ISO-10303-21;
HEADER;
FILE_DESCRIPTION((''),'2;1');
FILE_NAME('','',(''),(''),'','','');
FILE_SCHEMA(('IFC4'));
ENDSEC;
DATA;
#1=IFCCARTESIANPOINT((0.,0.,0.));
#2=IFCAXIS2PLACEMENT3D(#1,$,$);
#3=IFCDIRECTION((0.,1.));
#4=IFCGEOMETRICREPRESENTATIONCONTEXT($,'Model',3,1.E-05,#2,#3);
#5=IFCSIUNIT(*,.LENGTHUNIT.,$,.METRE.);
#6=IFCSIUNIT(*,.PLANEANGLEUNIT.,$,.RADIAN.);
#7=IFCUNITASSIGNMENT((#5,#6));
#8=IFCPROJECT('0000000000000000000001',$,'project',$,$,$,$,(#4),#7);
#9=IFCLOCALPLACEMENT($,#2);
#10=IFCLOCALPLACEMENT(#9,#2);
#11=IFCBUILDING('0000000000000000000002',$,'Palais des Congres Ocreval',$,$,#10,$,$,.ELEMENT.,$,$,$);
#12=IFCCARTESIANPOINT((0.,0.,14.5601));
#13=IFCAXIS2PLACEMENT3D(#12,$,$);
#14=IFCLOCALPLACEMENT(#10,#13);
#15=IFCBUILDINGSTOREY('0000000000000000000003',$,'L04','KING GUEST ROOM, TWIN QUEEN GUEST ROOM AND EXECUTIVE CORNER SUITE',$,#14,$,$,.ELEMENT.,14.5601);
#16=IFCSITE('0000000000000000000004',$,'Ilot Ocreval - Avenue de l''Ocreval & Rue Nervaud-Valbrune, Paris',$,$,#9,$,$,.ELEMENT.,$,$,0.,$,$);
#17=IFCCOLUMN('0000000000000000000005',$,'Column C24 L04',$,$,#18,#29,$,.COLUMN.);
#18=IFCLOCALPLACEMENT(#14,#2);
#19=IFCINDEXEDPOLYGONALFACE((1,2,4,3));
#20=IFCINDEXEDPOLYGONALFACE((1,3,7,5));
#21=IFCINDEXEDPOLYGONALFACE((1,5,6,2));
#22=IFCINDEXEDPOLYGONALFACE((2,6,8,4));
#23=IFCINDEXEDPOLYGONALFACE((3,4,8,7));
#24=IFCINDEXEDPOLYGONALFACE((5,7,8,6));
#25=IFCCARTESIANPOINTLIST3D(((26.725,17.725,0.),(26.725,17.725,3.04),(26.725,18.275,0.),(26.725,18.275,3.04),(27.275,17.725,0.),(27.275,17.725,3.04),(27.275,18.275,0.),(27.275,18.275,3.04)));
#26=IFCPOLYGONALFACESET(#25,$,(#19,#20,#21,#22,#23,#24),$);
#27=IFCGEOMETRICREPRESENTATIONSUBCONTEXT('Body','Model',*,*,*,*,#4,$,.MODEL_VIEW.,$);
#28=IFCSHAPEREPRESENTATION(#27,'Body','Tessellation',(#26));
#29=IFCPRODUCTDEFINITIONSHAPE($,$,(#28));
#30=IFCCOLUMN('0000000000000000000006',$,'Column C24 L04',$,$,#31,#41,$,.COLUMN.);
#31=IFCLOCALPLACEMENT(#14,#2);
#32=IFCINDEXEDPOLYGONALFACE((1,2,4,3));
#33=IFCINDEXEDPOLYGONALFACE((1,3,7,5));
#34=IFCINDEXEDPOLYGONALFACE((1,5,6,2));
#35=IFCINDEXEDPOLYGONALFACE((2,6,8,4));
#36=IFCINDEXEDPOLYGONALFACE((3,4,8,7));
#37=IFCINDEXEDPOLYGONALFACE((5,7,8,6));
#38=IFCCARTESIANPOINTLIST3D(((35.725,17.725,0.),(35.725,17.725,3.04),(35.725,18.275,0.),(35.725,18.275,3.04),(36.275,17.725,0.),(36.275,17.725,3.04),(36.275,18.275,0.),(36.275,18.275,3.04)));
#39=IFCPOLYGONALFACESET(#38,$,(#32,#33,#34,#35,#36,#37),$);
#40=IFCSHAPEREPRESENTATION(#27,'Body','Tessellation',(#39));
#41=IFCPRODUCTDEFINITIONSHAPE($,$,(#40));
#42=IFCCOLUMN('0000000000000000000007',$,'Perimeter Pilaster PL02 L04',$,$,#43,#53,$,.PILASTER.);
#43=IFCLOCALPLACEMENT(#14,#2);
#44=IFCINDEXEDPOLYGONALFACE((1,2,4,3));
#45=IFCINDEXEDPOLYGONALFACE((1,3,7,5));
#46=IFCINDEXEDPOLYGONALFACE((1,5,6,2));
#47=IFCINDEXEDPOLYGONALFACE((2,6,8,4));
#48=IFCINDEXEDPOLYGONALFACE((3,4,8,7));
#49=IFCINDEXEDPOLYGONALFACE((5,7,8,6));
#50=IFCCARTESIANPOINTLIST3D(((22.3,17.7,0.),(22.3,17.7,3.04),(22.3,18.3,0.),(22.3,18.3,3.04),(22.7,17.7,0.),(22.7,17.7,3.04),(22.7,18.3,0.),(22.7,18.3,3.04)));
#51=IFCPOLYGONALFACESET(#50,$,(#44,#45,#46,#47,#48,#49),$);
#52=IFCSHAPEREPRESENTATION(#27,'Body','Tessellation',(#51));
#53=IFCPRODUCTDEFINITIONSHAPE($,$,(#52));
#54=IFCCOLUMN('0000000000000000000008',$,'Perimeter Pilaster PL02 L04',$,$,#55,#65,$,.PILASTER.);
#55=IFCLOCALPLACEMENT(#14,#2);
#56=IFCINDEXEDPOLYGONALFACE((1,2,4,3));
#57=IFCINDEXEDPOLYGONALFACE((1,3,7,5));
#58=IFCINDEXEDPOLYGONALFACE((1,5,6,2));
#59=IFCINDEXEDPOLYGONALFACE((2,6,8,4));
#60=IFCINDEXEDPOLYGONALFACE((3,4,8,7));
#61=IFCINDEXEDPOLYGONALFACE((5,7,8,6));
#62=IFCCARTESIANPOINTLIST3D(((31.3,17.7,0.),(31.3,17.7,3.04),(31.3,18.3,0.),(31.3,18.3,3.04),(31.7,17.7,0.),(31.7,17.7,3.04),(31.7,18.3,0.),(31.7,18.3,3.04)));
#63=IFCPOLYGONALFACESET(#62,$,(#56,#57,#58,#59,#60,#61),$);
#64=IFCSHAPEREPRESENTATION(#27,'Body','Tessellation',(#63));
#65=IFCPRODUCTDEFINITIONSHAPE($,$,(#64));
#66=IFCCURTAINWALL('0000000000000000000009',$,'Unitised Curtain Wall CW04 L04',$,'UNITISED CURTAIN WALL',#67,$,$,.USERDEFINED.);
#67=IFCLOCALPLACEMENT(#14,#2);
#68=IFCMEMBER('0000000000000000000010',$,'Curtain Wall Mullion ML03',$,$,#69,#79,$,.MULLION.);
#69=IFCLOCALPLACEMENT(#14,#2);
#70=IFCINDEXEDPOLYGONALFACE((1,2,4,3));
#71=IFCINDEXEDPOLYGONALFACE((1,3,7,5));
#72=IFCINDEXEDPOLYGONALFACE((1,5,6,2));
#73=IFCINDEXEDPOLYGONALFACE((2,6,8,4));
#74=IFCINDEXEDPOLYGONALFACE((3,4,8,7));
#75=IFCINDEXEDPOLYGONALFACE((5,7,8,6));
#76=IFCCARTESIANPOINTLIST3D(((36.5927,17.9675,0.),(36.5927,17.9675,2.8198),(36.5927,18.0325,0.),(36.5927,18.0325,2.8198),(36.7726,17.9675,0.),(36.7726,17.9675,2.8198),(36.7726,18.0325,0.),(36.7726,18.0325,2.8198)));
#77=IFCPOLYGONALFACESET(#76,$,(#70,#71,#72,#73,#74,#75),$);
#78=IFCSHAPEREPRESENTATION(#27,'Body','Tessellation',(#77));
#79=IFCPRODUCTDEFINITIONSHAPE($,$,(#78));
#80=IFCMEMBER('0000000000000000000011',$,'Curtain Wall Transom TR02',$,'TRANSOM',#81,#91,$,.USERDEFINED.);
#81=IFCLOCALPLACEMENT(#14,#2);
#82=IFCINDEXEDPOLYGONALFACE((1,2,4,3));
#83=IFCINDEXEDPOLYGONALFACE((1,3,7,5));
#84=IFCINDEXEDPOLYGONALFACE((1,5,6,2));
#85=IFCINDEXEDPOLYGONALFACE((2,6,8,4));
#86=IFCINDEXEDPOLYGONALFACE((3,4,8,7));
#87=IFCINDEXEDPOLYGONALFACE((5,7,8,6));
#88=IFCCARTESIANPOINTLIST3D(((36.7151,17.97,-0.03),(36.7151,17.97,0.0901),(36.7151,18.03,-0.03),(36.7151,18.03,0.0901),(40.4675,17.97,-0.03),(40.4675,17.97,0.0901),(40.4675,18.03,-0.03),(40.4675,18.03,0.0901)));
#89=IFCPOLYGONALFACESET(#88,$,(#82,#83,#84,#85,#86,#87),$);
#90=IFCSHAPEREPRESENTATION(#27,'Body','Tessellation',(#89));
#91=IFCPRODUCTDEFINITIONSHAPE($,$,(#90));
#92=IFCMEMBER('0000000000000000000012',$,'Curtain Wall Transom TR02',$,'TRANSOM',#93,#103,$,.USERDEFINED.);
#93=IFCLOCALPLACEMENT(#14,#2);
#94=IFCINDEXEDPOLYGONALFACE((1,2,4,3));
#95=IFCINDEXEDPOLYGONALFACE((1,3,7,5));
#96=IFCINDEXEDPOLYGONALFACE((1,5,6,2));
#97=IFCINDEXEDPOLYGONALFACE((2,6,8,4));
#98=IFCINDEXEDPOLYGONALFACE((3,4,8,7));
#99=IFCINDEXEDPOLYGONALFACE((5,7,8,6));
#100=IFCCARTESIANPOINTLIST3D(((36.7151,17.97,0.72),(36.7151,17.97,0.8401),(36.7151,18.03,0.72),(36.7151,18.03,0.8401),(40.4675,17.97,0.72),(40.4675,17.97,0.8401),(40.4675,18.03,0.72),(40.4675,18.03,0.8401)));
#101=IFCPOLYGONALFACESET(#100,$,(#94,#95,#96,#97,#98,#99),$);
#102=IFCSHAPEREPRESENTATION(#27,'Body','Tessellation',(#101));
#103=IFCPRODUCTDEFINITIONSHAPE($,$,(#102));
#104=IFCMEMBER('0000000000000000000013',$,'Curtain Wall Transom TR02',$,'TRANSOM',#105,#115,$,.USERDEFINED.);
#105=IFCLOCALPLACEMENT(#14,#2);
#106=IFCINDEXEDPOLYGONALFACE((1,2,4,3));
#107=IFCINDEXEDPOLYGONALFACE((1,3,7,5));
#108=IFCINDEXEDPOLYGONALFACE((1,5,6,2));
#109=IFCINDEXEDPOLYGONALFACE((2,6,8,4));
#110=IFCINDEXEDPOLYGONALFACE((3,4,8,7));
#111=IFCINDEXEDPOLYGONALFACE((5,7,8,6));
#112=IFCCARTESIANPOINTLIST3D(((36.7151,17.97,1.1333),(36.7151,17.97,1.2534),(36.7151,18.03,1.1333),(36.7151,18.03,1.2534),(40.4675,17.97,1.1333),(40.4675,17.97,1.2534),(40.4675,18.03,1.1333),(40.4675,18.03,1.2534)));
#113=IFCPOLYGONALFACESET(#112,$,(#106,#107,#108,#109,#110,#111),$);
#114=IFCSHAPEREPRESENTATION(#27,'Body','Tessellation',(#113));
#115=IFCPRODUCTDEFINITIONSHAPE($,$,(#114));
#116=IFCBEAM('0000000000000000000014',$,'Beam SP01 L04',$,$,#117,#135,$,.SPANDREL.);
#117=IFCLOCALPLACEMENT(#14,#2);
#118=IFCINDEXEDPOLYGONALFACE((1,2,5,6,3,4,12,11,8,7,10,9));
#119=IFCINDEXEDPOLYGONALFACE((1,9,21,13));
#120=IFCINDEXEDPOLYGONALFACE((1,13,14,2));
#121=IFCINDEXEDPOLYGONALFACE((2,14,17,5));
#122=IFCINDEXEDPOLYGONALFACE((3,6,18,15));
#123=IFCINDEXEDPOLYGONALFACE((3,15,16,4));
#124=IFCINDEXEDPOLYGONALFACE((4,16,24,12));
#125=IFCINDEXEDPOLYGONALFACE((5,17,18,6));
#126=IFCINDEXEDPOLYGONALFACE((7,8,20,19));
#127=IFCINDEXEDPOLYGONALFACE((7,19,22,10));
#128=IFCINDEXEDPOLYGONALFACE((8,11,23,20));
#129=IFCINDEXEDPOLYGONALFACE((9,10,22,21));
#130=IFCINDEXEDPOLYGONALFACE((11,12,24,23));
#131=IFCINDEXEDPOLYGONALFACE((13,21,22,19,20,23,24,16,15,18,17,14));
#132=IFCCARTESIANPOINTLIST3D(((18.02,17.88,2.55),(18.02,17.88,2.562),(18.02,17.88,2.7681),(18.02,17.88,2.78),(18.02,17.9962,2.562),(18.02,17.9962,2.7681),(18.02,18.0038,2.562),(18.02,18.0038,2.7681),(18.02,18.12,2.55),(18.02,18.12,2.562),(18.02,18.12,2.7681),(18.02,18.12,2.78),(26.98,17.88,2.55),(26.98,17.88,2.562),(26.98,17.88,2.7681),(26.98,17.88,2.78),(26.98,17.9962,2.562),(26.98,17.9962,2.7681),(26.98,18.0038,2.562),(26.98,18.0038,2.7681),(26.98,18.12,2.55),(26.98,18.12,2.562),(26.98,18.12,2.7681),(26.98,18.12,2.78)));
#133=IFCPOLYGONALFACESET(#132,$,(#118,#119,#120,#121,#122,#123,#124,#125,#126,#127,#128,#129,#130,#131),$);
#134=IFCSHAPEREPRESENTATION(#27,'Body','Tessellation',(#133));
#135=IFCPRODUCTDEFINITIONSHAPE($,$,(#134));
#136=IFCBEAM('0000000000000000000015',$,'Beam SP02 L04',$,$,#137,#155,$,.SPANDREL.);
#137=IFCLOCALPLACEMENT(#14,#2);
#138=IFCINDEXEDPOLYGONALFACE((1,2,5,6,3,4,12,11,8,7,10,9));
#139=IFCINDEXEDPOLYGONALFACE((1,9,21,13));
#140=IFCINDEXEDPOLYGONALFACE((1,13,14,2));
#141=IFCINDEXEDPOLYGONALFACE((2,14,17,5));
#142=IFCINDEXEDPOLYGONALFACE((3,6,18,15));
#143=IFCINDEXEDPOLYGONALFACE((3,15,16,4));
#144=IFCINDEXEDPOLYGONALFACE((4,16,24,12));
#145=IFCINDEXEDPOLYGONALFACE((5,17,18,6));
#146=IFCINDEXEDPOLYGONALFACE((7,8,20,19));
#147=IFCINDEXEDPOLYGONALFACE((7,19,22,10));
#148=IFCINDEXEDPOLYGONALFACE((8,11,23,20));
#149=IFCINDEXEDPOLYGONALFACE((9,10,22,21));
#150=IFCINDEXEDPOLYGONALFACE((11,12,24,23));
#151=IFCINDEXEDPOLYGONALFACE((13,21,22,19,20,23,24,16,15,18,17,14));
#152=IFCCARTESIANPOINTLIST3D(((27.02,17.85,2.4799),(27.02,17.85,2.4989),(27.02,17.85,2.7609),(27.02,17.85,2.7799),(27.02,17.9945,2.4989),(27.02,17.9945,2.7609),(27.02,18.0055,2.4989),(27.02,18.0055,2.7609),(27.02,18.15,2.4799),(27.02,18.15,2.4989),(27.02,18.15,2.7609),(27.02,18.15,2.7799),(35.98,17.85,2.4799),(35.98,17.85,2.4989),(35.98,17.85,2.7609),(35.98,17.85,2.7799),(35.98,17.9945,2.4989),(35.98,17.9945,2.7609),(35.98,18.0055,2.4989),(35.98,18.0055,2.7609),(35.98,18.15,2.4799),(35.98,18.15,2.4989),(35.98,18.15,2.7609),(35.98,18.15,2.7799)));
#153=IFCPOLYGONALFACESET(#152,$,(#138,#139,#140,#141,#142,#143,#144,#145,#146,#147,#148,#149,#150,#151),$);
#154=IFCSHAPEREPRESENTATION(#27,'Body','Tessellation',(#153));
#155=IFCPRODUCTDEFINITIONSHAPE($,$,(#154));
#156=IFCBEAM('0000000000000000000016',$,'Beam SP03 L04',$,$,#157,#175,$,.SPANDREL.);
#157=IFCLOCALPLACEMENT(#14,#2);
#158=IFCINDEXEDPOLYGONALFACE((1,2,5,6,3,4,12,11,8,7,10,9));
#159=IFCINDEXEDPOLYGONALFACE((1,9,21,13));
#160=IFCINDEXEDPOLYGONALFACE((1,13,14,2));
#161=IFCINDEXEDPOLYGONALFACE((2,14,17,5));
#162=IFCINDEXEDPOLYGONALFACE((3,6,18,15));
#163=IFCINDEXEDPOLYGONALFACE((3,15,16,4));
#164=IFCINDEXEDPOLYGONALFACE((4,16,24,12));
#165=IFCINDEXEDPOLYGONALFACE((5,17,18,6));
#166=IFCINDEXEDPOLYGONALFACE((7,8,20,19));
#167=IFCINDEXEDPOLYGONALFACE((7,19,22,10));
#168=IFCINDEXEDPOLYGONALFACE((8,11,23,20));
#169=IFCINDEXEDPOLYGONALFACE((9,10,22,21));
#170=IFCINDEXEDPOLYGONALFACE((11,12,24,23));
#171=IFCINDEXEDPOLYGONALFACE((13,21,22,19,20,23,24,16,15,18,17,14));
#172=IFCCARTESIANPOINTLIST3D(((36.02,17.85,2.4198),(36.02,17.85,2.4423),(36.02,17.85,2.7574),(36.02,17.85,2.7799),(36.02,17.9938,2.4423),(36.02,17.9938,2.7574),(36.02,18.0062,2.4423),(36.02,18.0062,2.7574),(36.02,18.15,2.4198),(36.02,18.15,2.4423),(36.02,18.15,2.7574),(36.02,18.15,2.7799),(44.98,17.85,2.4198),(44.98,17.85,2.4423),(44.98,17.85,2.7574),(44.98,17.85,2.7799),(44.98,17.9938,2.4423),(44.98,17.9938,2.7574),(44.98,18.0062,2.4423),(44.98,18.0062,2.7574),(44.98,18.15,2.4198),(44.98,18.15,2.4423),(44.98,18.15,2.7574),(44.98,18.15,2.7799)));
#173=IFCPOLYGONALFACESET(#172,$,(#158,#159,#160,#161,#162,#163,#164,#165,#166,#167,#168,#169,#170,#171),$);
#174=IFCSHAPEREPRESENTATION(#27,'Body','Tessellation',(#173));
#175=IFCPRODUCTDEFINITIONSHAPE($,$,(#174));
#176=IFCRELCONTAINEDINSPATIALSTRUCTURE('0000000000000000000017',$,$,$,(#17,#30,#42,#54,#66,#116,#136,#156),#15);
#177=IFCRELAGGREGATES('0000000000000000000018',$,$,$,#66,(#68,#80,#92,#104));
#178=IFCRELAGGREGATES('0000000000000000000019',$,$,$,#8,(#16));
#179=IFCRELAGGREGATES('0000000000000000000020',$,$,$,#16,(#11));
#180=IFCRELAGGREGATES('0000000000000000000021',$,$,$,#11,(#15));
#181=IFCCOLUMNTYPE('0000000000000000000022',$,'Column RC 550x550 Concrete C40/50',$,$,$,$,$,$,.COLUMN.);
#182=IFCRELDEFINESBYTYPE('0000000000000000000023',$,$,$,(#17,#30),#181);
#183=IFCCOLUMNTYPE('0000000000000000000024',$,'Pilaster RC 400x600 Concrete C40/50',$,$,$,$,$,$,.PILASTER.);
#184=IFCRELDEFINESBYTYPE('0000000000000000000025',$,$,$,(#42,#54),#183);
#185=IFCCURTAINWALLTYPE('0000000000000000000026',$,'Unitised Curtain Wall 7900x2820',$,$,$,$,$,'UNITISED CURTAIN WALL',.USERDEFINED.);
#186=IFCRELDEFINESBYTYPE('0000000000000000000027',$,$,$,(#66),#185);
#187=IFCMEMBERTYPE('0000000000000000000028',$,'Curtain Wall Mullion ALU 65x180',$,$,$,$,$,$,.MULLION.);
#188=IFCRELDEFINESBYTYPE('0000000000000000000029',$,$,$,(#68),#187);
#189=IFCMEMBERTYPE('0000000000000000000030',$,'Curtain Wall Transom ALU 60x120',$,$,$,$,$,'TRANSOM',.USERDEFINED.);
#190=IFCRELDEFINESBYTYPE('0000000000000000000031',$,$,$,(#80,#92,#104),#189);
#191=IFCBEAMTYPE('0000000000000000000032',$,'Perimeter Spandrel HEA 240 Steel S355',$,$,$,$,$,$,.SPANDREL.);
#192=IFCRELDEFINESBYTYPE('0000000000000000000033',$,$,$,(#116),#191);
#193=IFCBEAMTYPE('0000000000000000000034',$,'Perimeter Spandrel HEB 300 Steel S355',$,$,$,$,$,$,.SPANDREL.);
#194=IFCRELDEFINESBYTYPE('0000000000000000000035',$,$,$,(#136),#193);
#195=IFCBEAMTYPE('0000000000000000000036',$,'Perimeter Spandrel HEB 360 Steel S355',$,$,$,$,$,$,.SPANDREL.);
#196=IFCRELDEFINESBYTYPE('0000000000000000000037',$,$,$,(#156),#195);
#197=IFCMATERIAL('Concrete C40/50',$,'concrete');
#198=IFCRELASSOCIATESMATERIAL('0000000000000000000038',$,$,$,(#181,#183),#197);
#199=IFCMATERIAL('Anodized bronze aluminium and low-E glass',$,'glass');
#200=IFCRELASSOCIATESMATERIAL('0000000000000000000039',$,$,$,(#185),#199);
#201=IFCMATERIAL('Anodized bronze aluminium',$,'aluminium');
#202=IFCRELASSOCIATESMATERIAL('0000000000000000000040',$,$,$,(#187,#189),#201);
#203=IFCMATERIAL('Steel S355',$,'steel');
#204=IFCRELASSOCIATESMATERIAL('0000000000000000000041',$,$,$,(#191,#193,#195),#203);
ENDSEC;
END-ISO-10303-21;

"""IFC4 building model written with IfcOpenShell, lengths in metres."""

from ifc_helpers import new_model, si_unit, direction, frame, origin, origin_2d, place, context, subcontext, project, spatial, rectangle, i_section, extrude, material, material_profile, profile_set, type_object, element, aggregate, save


model = new_model("IFC4")

# Units and contexts
model_context = context("Model", 3, precision=1e-05, world=origin(), true_north=direction((0.0, 1.0)))
body_context = subcontext(model_context, "Body", "Model", "MODEL_VIEW")
ifc_project = project(units=[si_unit("LENGTHUNIT", "METRE"), si_unit("PLANEANGLEUNIT", "RADIAN")], contexts=[model_context])

# Site, building, storey
site_placement = place(None, origin())
site = spatial("IfcSite", under=ifc_project, at=site_placement, Name="Ilot Ocreval - Avenue de l'Ocreval & Rue Nervaud-Valbrune, Paris", CompositionType="ELEMENT", RefElevation=0.0)
building_placement = place(site_placement, origin())
building = spatial("IfcBuilding", under=site, at=building_placement, Name="Palais des Congres Ocreval", CompositionType="ELEMENT")
storey_placement = place(building_placement, frame((0.0, 0.0, 14.5601)))
storey = spatial("IfcBuildingStorey", under=building, at=storey_placement, Name="L04", Description="KING GUEST ROOM, TWIN QUEEN GUEST ROOM AND EXECUTIVE CORNER SUITE", CompositionType="ELEMENT", Elevation=14.5601)

# Columns
ifc_material_1 = material(Name="Concrete C40/50", Category="concrete")
ifc_material_profile_1 = material_profile(ifc_material_1, rectangle(XDim=0.55, YDim=0.55, at=origin_2d()), Name="RC 550x550")
ifc_profile_set_1 = profile_set([ifc_material_profile_1], Name="Concrete C40/50")
column_type_1 = type_object("IfcColumnType", Name="Column RC 550x550 Concrete C40/50", PredefinedType="COLUMN", material=ifc_profile_set_1)
for number, where, z_axis, x_axis, name in (
    (1, (27.0, 18.0, 0.0), (0.0, 0.0, 1.0), (1.0, 0.0, 0.0), "Column C24 L04"),
    (2, (36.0, 18.0, 0.0), (0.0, 0.0, 1.0), (1.0, 0.0, 0.0), "Column C24 L04"),
):
    element("IfcColumn", number, at=place(storey_placement, frame(where, z_axis=z_axis, x_axis=x_axis)), inside=storey, type_object=column_type_1, Name=name, PredefinedType="COLUMN", context=body_context, shape_type="SweptSolid", body=[
        extrude(rectangle(XDim=0.55, YDim=0.55, at=origin_2d()), origin(), (0.0, 0.0, 1.0), 3.04),
    ])
ifc_material_profile_2 = material_profile(ifc_material_1, rectangle(XDim=0.3999, YDim=0.6001, at=origin_2d()), Name="RC 400x600")
ifc_profile_set_2 = profile_set([ifc_material_profile_2], Name="Concrete C40/50")
column_type_2 = type_object("IfcColumnType", Name="Pilaster RC 400x600 Concrete C40/50", PredefinedType="PILASTER", material=ifc_profile_set_2)
for number, where, z_axis, x_axis, name in (
    (3, (22.5, 18.0, 0.0), (0.0, 0.0, 1.0), (1.0, 0.0, 0.0), "Perimeter Pilaster PL02 L04"),
    (4, (31.5, 18.0, 0.0), (0.0, 0.0, 1.0), (1.0, 0.0, 0.0), "Perimeter Pilaster PL02 L04"),
):
    element("IfcColumn", number, at=place(storey_placement, frame(where, z_axis=z_axis, x_axis=x_axis)), inside=storey, type_object=column_type_2, Name=name, PredefinedType="PILASTER", context=body_context, shape_type="SweptSolid", body=[
        extrude(rectangle(XDim=0.3999, YDim=0.6001, at=origin_2d()), origin(), (0.0, 0.0, 1.0), 3.04),
    ])

# Curtain wall, members
ifc_material_2 = material(Name="Anodized bronze aluminium and low-E glass", Category="glass")
curtain_wall_type = type_object("IfcCurtainWallType", Name="Unitised Curtain Wall 7900x2820", ElementType="UNITISED CURTAIN WALL", PredefinedType="USERDEFINED", material=ifc_material_2)
curtain_wall_placement = place(storey_placement, origin())
curtain_wall = element("IfcCurtainWall", 5, at=curtain_wall_placement, inside=storey, type_object=curtain_wall_type, Name="Unitised Curtain Wall CW04 L04", ObjectType="UNITISED CURTAIN WALL", PredefinedType="USERDEFINED")
ifc_material_3 = material(Name="Anodized bronze aluminium", Category="aluminium")
ifc_material_profile_3 = material_profile(ifc_material_3, rectangle(XDim=0.0649, YDim=0.1799, at=origin_2d()), Name="ALU 65x180")
ifc_profile_set_3 = profile_set([ifc_material_profile_3], Name="Anodized bronze aluminium")
member_type_1 = type_object("IfcMemberType", Name="Curtain Wall Mullion ALU 65x180", PredefinedType="MULLION", material=ifc_profile_set_3)
member_1_placement = place(storey_placement, frame((36.6826, 18.0, 0.0), z_axis=(0.0, 0.0, 1.0), x_axis=(0.0, 1.0, 0.0)))
member_1 = element("IfcMember", 6, at=member_1_placement, type_object=member_type_1, Name="Curtain Wall Mullion ML03", PredefinedType="MULLION", context=body_context, shape_type="SweptSolid", body=[
    extrude(rectangle(XDim=0.0649, YDim=0.1799, at=origin_2d()), origin(), (0.0, 0.0, 1.0), 2.8198),
])
ifc_material_profile_4 = material_profile(ifc_material_3, rectangle(XDim=0.0601, YDim=0.1201, at=origin_2d()), Name="ALU 60x120")
ifc_profile_set_4 = profile_set([ifc_material_profile_4], Name="Anodized bronze aluminium")
member_type_2 = type_object("IfcMemberType", Name="Curtain Wall Transom ALU 60x120", ElementType="TRANSOM", PredefinedType="USERDEFINED", material=ifc_profile_set_4)
member_2_placement = place(storey_placement, frame((36.7151, 18.0, 0.03), z_axis=(1.0, 0.0, 0.0), x_axis=(0.0, 1.0, 0.0)))
member_2 = element("IfcMember", 7, at=member_2_placement, type_object=member_type_2, Name="Curtain Wall Transom TR02", ObjectType="TRANSOM", PredefinedType="USERDEFINED", context=body_context, shape_type="SweptSolid", body=[
    extrude(rectangle(XDim=0.0601, YDim=0.1201, at=origin_2d()), origin(), (0.0, 0.0, 1.0), 3.7524),
])
member_3_placement = place(storey_placement, frame((36.7151, 18.0, 0.78), z_axis=(1.0, 0.0, 0.0), x_axis=(0.0, 1.0, 0.0)))
member_3 = element("IfcMember", 8, at=member_3_placement, type_object=member_type_2, Name="Curtain Wall Transom TR02", ObjectType="TRANSOM", PredefinedType="USERDEFINED", context=body_context, shape_type="SweptSolid", body=[
    extrude(rectangle(XDim=0.0601, YDim=0.1201, at=origin_2d()), origin(), (0.0, 0.0, 1.0), 3.7524),
])
member_4_placement = place(storey_placement, frame((36.7151, 18.0, 1.1934), z_axis=(1.0, 0.0, 0.0), x_axis=(0.0, 1.0, 0.0)))
member_4 = element("IfcMember", 9, at=member_4_placement, type_object=member_type_2, Name="Curtain Wall Transom TR02", ObjectType="TRANSOM", PredefinedType="USERDEFINED", context=body_context, shape_type="SweptSolid", body=[
    extrude(rectangle(XDim=0.0601, YDim=0.1201, at=origin_2d()), origin(), (0.0, 0.0, 1.0), 3.7524),
])
aggregate(curtain_wall, [member_1, member_2, member_3, member_4])

# Beams
ifc_material_4 = material(Name="Steel S355", Category="steel")
ifc_material_profile_5 = material_profile(ifc_material_4, i_section(OverallWidth=0.24, OverallDepth=0.23, WebThickness=0.0076, FlangeThickness=0.012, at=origin_2d()), Name="HEA 240")
ifc_profile_set_5 = profile_set([ifc_material_profile_5], Name="Steel S355")
beam_type_1 = type_object("IfcBeamType", Name="Perimeter Spandrel HEA 240 Steel S355", PredefinedType="SPANDREL", material=ifc_profile_set_5)
beam_1_placement = place(storey_placement, frame((18.02, 18.0, 2.665), z_axis=(1.0, 0.0, 0.0), x_axis=(0.0, 1.0, 0.0)))
element("IfcBeam", 10, at=beam_1_placement, inside=storey, type_object=beam_type_1, Name="Beam SP01 L04", PredefinedType="SPANDREL", context=body_context, shape_type="SweptSolid", body=[
    extrude(i_section(OverallWidth=0.24, OverallDepth=0.23, WebThickness=0.0076, FlangeThickness=0.012, at=origin_2d()), origin(), (0.0, 0.0, 1.0), 8.96),
])
ifc_material_profile_6 = material_profile(ifc_material_4, i_section(OverallWidth=0.3, OverallDepth=0.3, WebThickness=0.011, FlangeThickness=0.019, at=origin_2d()), Name="HEB 300")
ifc_profile_set_6 = profile_set([ifc_material_profile_6], Name="Steel S355")
beam_type_2 = type_object("IfcBeamType", Name="Perimeter Spandrel HEB 300 Steel S355", PredefinedType="SPANDREL", material=ifc_profile_set_6)
beam_2_placement = place(storey_placement, frame((27.02, 18.0, 2.6299), z_axis=(1.0, 0.0, 0.0), x_axis=(0.0, 1.0, 0.0)))
element("IfcBeam", 11, at=beam_2_placement, inside=storey, type_object=beam_type_2, Name="Beam SP02 L04", PredefinedType="SPANDREL", context=body_context, shape_type="SweptSolid", body=[
    extrude(i_section(OverallWidth=0.3, OverallDepth=0.3, WebThickness=0.011, FlangeThickness=0.019, at=origin_2d()), origin(), (0.0, 0.0, 1.0), 8.96),
])
ifc_material_profile_7 = material_profile(ifc_material_4, i_section(OverallWidth=0.3, OverallDepth=0.3601, WebThickness=0.0125, FlangeThickness=0.0225, at=origin_2d()), Name="HEB 360")
ifc_profile_set_7 = profile_set([ifc_material_profile_7], Name="Steel S355")
beam_type_3 = type_object("IfcBeamType", Name="Perimeter Spandrel HEB 360 Steel S355", PredefinedType="SPANDREL", material=ifc_profile_set_7)
beam_3_placement = place(storey_placement, frame((36.02, 18.0, 2.5999), z_axis=(1.0, 0.0, 0.0), x_axis=(0.0, 1.0, 0.0)))
element("IfcBeam", 12, at=beam_3_placement, inside=storey, type_object=beam_type_3, Name="Beam SP03 L04", PredefinedType="SPANDREL", context=body_context, shape_type="SweptSolid", body=[
    extrude(i_section(OverallWidth=0.3, OverallDepth=0.3601, WebThickness=0.0125, FlangeThickness=0.0225, at=origin_2d()), origin(), (0.0, 0.0, 1.0), 8.96),
])

save(model, "model.ifc")
